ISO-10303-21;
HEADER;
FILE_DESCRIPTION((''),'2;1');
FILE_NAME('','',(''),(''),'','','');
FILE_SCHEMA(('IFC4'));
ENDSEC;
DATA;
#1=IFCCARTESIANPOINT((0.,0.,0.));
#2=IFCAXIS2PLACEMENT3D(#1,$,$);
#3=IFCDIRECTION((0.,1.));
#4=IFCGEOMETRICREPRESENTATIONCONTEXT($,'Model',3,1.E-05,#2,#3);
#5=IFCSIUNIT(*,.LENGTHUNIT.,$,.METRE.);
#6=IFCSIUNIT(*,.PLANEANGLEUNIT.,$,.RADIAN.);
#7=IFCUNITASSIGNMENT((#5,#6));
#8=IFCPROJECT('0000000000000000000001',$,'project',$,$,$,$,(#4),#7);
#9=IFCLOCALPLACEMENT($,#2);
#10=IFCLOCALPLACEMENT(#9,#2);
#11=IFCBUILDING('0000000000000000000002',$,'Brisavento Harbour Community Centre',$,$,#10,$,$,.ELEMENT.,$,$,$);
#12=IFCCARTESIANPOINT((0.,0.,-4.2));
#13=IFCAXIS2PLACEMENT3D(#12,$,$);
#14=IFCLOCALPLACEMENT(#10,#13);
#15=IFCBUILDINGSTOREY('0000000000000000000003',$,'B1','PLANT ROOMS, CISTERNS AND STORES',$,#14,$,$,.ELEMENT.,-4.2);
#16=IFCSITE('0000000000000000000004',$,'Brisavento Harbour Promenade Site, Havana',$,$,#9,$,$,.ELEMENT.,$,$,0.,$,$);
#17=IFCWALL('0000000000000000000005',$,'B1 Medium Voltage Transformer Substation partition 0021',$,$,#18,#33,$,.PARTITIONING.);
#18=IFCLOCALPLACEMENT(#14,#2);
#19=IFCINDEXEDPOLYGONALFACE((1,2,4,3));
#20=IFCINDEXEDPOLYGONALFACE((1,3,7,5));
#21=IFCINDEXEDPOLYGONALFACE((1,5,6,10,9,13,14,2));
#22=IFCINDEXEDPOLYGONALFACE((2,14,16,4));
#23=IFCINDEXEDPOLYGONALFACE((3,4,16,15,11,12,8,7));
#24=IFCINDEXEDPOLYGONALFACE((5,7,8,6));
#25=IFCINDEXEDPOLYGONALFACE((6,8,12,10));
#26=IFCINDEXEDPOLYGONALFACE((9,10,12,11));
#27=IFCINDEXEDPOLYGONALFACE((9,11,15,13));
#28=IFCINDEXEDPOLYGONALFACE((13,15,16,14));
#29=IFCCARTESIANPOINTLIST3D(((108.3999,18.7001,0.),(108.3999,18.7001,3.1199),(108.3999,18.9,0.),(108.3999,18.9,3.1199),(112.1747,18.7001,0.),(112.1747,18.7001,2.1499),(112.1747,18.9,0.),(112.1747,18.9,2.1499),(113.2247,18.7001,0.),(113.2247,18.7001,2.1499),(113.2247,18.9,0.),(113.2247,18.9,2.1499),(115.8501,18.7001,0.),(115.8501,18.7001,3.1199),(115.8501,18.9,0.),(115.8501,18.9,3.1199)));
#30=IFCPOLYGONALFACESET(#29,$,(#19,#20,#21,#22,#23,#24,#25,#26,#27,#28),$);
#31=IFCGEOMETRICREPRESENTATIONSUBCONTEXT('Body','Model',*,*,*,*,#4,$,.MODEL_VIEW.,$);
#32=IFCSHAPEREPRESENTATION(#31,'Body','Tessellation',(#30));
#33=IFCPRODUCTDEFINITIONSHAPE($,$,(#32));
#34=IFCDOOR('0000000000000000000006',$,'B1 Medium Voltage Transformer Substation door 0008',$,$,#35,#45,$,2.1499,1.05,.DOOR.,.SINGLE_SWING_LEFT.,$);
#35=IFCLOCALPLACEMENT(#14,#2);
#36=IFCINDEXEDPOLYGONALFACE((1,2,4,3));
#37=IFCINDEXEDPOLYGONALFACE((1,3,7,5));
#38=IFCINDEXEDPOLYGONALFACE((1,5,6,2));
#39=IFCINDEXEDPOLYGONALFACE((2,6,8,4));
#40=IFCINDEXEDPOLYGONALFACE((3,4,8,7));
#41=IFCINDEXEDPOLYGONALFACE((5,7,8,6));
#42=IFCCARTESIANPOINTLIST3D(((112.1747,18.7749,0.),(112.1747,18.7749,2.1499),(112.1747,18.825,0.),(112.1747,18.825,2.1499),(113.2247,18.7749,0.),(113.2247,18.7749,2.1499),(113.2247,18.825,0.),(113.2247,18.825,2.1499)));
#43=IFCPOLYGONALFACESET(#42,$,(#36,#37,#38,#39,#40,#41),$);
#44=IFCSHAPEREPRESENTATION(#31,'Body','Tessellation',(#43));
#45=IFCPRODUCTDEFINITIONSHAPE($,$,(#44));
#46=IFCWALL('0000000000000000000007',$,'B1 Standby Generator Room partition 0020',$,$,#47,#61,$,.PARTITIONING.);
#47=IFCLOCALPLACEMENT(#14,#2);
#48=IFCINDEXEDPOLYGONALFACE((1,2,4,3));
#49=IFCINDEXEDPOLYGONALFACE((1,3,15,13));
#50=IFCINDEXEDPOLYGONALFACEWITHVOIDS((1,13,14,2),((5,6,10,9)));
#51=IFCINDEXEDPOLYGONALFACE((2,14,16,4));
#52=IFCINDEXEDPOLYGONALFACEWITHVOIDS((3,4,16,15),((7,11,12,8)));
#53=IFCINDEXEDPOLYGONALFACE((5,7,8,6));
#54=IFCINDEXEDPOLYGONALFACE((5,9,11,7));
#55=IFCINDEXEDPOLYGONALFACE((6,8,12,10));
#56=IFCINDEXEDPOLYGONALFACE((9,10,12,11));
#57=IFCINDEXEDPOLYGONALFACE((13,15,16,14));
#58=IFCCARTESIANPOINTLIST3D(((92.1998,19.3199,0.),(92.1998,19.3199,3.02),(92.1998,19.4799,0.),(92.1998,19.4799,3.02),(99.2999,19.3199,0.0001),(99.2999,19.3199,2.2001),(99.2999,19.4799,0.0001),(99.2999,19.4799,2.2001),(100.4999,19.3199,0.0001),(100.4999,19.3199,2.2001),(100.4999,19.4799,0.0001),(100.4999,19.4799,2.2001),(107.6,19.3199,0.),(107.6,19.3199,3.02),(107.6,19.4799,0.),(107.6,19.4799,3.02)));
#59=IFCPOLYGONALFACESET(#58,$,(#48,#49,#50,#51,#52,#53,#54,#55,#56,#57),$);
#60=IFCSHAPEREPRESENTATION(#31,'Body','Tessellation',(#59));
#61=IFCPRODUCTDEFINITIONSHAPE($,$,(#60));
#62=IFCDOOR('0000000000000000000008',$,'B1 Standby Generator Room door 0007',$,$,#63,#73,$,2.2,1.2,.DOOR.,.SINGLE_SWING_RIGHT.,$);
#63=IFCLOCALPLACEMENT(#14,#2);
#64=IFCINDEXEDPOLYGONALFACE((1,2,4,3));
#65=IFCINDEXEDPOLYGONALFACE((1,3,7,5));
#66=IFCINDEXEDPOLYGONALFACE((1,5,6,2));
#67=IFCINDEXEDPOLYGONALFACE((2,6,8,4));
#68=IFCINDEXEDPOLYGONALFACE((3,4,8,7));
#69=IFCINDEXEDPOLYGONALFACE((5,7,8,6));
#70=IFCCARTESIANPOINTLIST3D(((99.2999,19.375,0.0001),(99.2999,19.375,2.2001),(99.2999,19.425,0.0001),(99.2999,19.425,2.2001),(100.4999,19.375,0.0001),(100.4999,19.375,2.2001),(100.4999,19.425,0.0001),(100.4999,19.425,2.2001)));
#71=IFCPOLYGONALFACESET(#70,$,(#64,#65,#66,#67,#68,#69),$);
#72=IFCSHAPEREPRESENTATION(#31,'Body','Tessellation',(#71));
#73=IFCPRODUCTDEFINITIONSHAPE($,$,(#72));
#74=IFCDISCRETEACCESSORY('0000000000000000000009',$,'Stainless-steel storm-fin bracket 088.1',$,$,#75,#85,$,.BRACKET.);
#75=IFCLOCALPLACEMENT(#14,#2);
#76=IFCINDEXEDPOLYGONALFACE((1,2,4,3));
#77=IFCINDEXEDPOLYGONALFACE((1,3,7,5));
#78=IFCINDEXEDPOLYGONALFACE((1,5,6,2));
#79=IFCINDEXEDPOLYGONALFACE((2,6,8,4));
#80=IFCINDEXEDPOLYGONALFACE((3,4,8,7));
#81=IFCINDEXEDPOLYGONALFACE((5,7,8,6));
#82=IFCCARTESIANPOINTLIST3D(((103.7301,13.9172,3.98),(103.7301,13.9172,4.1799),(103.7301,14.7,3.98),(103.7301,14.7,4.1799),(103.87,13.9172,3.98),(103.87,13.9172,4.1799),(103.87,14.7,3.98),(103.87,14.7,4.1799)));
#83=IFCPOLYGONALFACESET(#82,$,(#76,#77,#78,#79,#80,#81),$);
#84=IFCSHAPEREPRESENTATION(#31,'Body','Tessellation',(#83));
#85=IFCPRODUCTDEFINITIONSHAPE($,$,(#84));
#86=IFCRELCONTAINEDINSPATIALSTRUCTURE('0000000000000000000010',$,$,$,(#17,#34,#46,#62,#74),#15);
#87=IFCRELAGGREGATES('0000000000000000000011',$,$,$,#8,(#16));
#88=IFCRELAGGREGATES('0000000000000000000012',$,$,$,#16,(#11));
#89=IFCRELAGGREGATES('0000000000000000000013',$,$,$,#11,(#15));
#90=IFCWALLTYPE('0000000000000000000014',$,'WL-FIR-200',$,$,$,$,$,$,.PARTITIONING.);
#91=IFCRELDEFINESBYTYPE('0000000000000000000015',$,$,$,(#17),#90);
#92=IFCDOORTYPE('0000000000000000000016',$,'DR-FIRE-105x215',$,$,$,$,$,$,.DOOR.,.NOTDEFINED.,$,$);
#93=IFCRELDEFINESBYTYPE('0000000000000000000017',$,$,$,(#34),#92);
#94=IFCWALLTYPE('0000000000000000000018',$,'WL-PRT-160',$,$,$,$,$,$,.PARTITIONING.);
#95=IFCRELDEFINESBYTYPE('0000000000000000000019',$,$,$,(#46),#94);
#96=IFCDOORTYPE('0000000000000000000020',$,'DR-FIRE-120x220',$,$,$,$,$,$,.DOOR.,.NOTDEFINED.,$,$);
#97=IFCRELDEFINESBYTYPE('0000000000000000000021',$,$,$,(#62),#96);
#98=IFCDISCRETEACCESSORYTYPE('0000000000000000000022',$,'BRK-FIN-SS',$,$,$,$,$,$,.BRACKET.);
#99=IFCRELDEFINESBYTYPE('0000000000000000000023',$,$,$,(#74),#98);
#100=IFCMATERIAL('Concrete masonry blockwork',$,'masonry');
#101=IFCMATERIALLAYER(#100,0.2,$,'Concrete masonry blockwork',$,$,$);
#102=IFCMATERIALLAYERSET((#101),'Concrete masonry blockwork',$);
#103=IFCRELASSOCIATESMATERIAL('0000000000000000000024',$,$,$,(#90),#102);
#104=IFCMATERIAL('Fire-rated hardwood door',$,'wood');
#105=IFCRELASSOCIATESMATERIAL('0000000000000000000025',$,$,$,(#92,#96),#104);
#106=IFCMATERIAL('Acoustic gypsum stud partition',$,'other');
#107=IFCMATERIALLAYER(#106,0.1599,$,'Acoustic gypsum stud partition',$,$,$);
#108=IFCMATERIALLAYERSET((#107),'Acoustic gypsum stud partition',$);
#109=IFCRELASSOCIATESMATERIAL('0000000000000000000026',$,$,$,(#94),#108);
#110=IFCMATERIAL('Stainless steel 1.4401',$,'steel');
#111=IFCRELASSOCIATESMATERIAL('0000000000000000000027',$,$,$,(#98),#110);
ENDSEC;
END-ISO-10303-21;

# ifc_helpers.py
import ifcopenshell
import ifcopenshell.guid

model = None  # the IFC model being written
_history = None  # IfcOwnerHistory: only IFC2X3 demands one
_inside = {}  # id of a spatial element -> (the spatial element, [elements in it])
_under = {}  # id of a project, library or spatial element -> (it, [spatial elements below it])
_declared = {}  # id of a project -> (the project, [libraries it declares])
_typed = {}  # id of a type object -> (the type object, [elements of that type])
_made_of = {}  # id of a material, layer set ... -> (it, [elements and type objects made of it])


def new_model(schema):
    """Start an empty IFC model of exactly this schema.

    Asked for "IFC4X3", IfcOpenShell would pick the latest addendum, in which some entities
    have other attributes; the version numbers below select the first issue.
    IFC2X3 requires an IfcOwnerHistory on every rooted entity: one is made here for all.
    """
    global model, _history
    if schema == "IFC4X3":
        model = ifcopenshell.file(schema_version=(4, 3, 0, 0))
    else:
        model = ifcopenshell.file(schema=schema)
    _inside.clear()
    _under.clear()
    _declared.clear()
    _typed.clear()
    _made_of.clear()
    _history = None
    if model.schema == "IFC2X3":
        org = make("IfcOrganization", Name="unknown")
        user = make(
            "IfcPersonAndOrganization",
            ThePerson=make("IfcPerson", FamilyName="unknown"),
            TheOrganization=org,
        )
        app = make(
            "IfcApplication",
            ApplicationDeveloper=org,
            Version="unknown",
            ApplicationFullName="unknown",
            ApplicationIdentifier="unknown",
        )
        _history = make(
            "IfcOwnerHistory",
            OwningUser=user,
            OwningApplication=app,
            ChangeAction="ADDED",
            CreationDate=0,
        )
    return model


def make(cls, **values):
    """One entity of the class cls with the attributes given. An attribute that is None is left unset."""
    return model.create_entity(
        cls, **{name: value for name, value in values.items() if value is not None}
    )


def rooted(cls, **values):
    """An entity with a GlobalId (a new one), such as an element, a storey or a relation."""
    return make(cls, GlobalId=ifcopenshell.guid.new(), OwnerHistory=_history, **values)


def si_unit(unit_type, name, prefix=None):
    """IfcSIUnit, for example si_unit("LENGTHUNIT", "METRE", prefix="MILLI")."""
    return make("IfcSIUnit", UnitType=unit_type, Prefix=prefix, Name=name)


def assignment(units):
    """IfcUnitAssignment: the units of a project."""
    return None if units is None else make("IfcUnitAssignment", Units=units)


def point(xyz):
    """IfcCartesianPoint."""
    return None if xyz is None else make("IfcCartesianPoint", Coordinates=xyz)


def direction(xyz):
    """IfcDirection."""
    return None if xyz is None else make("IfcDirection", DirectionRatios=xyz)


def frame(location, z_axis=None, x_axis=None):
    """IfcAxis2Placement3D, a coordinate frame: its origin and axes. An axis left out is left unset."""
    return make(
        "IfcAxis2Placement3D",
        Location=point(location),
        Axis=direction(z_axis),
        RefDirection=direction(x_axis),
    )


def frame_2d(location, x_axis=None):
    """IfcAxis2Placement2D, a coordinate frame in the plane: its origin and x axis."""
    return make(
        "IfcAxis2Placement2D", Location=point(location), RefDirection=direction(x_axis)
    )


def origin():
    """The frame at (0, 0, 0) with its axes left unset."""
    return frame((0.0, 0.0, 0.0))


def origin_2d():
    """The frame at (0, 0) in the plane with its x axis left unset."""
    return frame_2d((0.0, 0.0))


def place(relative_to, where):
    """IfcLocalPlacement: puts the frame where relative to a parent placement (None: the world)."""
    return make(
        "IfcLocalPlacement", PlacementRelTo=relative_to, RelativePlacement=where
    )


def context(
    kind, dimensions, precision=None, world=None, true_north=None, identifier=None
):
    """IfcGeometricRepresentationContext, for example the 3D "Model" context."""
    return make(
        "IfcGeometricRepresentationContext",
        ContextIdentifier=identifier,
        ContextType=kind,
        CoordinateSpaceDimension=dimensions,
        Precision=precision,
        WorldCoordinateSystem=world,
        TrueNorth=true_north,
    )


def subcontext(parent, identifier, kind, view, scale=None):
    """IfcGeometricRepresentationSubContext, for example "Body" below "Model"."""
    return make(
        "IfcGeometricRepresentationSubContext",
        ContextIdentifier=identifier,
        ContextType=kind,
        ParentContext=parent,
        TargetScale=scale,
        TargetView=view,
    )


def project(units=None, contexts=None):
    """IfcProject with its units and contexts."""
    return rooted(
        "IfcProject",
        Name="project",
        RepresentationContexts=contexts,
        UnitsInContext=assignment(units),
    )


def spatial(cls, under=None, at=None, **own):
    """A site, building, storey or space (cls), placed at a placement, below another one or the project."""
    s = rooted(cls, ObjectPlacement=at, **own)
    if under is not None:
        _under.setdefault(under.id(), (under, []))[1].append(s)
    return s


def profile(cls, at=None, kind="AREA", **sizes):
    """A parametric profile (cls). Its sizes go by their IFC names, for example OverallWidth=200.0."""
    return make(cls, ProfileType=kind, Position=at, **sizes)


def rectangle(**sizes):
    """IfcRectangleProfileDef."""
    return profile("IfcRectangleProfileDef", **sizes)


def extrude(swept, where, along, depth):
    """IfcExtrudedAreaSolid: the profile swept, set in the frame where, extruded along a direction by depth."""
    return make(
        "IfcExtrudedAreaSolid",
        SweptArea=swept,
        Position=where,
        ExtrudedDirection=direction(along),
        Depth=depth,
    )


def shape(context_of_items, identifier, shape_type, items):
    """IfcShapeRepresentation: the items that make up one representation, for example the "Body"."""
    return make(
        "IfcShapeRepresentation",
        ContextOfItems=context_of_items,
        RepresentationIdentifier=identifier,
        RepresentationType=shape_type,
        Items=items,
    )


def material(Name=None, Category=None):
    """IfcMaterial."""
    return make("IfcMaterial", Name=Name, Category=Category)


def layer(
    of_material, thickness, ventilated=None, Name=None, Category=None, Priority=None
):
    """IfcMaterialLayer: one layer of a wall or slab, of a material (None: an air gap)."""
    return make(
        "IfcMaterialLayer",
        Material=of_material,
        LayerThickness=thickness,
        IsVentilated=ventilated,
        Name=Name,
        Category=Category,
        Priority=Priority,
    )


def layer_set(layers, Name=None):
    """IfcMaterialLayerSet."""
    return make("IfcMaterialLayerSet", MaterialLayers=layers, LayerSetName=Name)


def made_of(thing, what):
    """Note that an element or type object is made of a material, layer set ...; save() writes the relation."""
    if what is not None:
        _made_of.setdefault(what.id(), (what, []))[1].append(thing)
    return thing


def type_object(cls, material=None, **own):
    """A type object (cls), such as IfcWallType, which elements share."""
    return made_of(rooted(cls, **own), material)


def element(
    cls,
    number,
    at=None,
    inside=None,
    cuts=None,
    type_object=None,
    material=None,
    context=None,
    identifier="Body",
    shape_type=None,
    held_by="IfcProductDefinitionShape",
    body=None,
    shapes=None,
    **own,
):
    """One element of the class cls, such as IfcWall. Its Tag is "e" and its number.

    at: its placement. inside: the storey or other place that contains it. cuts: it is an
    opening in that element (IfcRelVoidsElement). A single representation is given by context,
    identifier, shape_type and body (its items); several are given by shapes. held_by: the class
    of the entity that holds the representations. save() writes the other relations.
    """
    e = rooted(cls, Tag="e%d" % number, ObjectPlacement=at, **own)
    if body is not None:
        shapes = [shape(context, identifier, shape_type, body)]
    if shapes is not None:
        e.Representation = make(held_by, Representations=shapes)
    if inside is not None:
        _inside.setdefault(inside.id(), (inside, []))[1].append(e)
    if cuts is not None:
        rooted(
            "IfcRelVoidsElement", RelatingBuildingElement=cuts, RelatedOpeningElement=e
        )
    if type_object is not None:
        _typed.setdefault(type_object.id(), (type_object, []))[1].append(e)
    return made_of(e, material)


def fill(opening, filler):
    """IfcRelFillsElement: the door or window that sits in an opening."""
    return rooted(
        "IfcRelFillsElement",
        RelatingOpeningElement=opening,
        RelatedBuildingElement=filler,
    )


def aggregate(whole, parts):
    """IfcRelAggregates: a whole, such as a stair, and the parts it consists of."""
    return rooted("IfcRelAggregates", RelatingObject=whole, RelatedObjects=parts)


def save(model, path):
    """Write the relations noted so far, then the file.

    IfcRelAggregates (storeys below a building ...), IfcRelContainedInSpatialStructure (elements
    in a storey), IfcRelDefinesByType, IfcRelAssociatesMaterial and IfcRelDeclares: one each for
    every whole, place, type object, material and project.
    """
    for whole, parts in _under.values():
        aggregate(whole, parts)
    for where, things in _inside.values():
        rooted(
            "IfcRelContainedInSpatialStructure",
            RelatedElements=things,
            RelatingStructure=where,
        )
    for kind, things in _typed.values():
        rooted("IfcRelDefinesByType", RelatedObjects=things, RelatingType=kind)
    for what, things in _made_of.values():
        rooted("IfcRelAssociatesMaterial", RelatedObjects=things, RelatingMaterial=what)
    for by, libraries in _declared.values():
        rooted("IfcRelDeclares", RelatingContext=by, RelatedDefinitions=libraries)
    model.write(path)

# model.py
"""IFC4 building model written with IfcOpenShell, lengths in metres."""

from ifc_helpers import new_model, si_unit, direction, frame, frame_2d, origin, origin_2d, place, context, subcontext, project, spatial, rectangle, extrude, material, layer, layer_set, type_object, element, fill, save


model = new_model("IFC4")

# Units and contexts
model_context = context("Model", 3, precision=1e-05, world=origin(), true_north=direction((0.0, 1.0)))
body_context = subcontext(model_context, "Body", "Model", "MODEL_VIEW")
ifc_project = project(units=[si_unit("LENGTHUNIT", "METRE"), si_unit("PLANEANGLEUNIT", "RADIAN")], contexts=[model_context])

# Site, building, storey
site_placement = place(None, origin())
site = spatial("IfcSite", under=ifc_project, at=site_placement, Name="Brisavento Harbour Promenade Site, Havana", CompositionType="ELEMENT", RefElevation=0.0)
building_placement = place(site_placement, origin())
building = spatial("IfcBuilding", under=site, at=building_placement, Name="Brisavento Harbour Community Centre", CompositionType="ELEMENT")
storey_placement = place(building_placement, frame((0.0, 0.0, -4.2)))
storey = spatial("IfcBuildingStorey", under=building, at=storey_placement, Name="B1", Description="PLANT ROOMS, CISTERNS AND STORES", CompositionType="ELEMENT", Elevation=-4.2)

# Walls, openings, doors
ifc_material_1 = material(Name="Concrete masonry blockwork", Category="masonry")
ifc_layer_1 = layer(ifc_material_1, 0.2, Name="Concrete masonry blockwork")
ifc_layer_set_1 = layer_set([ifc_layer_1], Name="Concrete masonry blockwork")
wall_type_1 = type_object("IfcWallType", Name="WL-FIR-200", PredefinedType="PARTITIONING", material=ifc_layer_set_1)
wall_1_placement = place(storey_placement, frame((108.3999, 18.8, 0.0), z_axis=(0.0, 0.0, 1.0), x_axis=(1.0, 0.0, 0.0)))
wall_1 = element("IfcWall", 1, at=wall_1_placement, inside=storey, type_object=wall_type_1, Name="B1 Medium Voltage Transformer Substation partition 0021", PredefinedType="PARTITIONING", context=body_context, shape_type="SweptSolid", body=[
    extrude(rectangle(XDim=7.4502, YDim=0.2, at=frame_2d((3.7251, 0.0))), origin(), (0.0, 0.0, 1.0), 3.1199),
])
opening_1_placement = place(wall_1_placement, frame((3.7749, 0.0, 0.0)))
opening_1 = element("IfcOpeningElement", 2, at=opening_1_placement, cuts=wall_1, PredefinedType="OPENING", context=body_context, shape_type="SweptSolid", body=[
    extrude(rectangle(XDim=1.05, YDim=2.1499, at=frame_2d((0.5249, 1.075))), frame((0.0, 0.1099, 0.0), z_axis=(0.0, -1.0, 0.0), x_axis=(1.0, 0.0, 0.0)), (0.0, 0.0, 1.0), 0.22),
])
ifc_material_2 = material(Name="Fire-rated hardwood door", Category="wood")
door_type_1 = type_object("IfcDoorType", Name="DR-FIRE-105x215", OperationType="NOTDEFINED", PredefinedType="DOOR", material=ifc_material_2)
door_1_placement = place(opening_1_placement, origin())
door_1 = element("IfcDoor", 3, at=door_1_placement, inside=storey, type_object=door_type_1, Name="B1 Medium Voltage Transformer Substation door 0008", OperationType="SINGLE_SWING_LEFT", OverallHeight=2.1499, OverallWidth=1.05, PredefinedType="DOOR", context=body_context, shape_type="SweptSolid", body=[
    extrude(rectangle(XDim=1.05, YDim=2.1499, at=frame_2d((0.5249, 1.075))), frame((0.0, 0.0249, 0.0), z_axis=(0.0, -1.0, 0.0), x_axis=(1.0, 0.0, 0.0)), (0.0, 0.0, 1.0), 0.05),
])
fill(opening_1, door_1)
ifc_material_3 = material(Name="Acoustic gypsum stud partition", Category="other")
ifc_layer_2 = layer(ifc_material_3, 0.1599, Name="Acoustic gypsum stud partition")
ifc_layer_set_2 = layer_set([ifc_layer_2], Name="Acoustic gypsum stud partition")
wall_type_2 = type_object("IfcWallType", Name="WL-PRT-160", PredefinedType="PARTITIONING", material=ifc_layer_set_2)
wall_2_placement = place(storey_placement, frame((107.6001, 19.3999, 0.0), z_axis=(0.0, 0.0, 1.0), x_axis=(-1.0, 0.0, 0.0)))
wall_2 = element("IfcWall", 4, at=wall_2_placement, inside=storey, type_object=wall_type_2, Name="B1 Standby Generator Room partition 0020", PredefinedType="PARTITIONING", context=body_context, shape_type="SweptSolid", body=[
    extrude(rectangle(XDim=15.4001, YDim=0.1599, at=frame_2d((7.7002, 0.0))), origin(), (0.0, 0.0, 1.0), 3.02),
])
opening_2_placement = place(wall_2_placement, frame((7.1001, 0.0, 0.0)))
opening_2 = element("IfcOpeningElement", 5, at=opening_2_placement, cuts=wall_2, PredefinedType="OPENING", context=body_context, shape_type="SweptSolid", body=[
    extrude(rectangle(XDim=1.2, YDim=2.2, at=frame_2d((0.6001, 1.1001))), frame((0.0, 0.0898, 0.0), z_axis=(0.0, -1.0, 0.0), x_axis=(1.0, 0.0, 0.0)), (0.0, 0.0, 1.0), 0.1799),
])
door_type_2 = type_object("IfcDoorType", Name="DR-FIRE-120x220", OperationType="NOTDEFINED", PredefinedType="DOOR", material=ifc_material_2)
door_2_placement = place(opening_2_placement, origin())
door_2 = element("IfcDoor", 6, at=door_2_placement, inside=storey, type_object=door_type_2, Name="B1 Standby Generator Room door 0007", OperationType="SINGLE_SWING_RIGHT", OverallHeight=2.2, OverallWidth=1.2, PredefinedType="DOOR", context=body_context, shape_type="SweptSolid", body=[
    extrude(rectangle(XDim=1.2, YDim=2.2, at=frame_2d((0.6001, 1.1001))), frame((0.0, 0.0249, 0.0), z_axis=(0.0, -1.0, 0.0), x_axis=(1.0, 0.0, 0.0)), (0.0, 0.0, 1.0), 0.05),
])
fill(opening_2, door_2)

# Discrete accessory
ifc_material_4 = material(Name="Stainless steel 1.4401", Category="steel")
discrete_accessory_type = type_object("IfcDiscreteAccessoryType", Name="BRK-FIN-SS", PredefinedType="BRACKET", material=ifc_material_4)
discrete_accessory_placement = place(storey_placement, frame((103.8, 14.3086, 3.98), z_axis=(0.0, 0.0, 1.0), x_axis=(0.0, -1.0, 0.0)))
element("IfcDiscreteAccessory", 7, at=discrete_accessory_placement, inside=storey, type_object=discrete_accessory_type, Name="Stainless-steel storm-fin bracket 088.1", PredefinedType="BRACKET", context=body_context, shape_type="SweptSolid", body=[
    extrude(rectangle(XDim=0.7827, YDim=0.1399, at=origin_2d()), origin(), (0.0, 0.0, 1.0), 0.2),
])

save(model, "model.ifc")
